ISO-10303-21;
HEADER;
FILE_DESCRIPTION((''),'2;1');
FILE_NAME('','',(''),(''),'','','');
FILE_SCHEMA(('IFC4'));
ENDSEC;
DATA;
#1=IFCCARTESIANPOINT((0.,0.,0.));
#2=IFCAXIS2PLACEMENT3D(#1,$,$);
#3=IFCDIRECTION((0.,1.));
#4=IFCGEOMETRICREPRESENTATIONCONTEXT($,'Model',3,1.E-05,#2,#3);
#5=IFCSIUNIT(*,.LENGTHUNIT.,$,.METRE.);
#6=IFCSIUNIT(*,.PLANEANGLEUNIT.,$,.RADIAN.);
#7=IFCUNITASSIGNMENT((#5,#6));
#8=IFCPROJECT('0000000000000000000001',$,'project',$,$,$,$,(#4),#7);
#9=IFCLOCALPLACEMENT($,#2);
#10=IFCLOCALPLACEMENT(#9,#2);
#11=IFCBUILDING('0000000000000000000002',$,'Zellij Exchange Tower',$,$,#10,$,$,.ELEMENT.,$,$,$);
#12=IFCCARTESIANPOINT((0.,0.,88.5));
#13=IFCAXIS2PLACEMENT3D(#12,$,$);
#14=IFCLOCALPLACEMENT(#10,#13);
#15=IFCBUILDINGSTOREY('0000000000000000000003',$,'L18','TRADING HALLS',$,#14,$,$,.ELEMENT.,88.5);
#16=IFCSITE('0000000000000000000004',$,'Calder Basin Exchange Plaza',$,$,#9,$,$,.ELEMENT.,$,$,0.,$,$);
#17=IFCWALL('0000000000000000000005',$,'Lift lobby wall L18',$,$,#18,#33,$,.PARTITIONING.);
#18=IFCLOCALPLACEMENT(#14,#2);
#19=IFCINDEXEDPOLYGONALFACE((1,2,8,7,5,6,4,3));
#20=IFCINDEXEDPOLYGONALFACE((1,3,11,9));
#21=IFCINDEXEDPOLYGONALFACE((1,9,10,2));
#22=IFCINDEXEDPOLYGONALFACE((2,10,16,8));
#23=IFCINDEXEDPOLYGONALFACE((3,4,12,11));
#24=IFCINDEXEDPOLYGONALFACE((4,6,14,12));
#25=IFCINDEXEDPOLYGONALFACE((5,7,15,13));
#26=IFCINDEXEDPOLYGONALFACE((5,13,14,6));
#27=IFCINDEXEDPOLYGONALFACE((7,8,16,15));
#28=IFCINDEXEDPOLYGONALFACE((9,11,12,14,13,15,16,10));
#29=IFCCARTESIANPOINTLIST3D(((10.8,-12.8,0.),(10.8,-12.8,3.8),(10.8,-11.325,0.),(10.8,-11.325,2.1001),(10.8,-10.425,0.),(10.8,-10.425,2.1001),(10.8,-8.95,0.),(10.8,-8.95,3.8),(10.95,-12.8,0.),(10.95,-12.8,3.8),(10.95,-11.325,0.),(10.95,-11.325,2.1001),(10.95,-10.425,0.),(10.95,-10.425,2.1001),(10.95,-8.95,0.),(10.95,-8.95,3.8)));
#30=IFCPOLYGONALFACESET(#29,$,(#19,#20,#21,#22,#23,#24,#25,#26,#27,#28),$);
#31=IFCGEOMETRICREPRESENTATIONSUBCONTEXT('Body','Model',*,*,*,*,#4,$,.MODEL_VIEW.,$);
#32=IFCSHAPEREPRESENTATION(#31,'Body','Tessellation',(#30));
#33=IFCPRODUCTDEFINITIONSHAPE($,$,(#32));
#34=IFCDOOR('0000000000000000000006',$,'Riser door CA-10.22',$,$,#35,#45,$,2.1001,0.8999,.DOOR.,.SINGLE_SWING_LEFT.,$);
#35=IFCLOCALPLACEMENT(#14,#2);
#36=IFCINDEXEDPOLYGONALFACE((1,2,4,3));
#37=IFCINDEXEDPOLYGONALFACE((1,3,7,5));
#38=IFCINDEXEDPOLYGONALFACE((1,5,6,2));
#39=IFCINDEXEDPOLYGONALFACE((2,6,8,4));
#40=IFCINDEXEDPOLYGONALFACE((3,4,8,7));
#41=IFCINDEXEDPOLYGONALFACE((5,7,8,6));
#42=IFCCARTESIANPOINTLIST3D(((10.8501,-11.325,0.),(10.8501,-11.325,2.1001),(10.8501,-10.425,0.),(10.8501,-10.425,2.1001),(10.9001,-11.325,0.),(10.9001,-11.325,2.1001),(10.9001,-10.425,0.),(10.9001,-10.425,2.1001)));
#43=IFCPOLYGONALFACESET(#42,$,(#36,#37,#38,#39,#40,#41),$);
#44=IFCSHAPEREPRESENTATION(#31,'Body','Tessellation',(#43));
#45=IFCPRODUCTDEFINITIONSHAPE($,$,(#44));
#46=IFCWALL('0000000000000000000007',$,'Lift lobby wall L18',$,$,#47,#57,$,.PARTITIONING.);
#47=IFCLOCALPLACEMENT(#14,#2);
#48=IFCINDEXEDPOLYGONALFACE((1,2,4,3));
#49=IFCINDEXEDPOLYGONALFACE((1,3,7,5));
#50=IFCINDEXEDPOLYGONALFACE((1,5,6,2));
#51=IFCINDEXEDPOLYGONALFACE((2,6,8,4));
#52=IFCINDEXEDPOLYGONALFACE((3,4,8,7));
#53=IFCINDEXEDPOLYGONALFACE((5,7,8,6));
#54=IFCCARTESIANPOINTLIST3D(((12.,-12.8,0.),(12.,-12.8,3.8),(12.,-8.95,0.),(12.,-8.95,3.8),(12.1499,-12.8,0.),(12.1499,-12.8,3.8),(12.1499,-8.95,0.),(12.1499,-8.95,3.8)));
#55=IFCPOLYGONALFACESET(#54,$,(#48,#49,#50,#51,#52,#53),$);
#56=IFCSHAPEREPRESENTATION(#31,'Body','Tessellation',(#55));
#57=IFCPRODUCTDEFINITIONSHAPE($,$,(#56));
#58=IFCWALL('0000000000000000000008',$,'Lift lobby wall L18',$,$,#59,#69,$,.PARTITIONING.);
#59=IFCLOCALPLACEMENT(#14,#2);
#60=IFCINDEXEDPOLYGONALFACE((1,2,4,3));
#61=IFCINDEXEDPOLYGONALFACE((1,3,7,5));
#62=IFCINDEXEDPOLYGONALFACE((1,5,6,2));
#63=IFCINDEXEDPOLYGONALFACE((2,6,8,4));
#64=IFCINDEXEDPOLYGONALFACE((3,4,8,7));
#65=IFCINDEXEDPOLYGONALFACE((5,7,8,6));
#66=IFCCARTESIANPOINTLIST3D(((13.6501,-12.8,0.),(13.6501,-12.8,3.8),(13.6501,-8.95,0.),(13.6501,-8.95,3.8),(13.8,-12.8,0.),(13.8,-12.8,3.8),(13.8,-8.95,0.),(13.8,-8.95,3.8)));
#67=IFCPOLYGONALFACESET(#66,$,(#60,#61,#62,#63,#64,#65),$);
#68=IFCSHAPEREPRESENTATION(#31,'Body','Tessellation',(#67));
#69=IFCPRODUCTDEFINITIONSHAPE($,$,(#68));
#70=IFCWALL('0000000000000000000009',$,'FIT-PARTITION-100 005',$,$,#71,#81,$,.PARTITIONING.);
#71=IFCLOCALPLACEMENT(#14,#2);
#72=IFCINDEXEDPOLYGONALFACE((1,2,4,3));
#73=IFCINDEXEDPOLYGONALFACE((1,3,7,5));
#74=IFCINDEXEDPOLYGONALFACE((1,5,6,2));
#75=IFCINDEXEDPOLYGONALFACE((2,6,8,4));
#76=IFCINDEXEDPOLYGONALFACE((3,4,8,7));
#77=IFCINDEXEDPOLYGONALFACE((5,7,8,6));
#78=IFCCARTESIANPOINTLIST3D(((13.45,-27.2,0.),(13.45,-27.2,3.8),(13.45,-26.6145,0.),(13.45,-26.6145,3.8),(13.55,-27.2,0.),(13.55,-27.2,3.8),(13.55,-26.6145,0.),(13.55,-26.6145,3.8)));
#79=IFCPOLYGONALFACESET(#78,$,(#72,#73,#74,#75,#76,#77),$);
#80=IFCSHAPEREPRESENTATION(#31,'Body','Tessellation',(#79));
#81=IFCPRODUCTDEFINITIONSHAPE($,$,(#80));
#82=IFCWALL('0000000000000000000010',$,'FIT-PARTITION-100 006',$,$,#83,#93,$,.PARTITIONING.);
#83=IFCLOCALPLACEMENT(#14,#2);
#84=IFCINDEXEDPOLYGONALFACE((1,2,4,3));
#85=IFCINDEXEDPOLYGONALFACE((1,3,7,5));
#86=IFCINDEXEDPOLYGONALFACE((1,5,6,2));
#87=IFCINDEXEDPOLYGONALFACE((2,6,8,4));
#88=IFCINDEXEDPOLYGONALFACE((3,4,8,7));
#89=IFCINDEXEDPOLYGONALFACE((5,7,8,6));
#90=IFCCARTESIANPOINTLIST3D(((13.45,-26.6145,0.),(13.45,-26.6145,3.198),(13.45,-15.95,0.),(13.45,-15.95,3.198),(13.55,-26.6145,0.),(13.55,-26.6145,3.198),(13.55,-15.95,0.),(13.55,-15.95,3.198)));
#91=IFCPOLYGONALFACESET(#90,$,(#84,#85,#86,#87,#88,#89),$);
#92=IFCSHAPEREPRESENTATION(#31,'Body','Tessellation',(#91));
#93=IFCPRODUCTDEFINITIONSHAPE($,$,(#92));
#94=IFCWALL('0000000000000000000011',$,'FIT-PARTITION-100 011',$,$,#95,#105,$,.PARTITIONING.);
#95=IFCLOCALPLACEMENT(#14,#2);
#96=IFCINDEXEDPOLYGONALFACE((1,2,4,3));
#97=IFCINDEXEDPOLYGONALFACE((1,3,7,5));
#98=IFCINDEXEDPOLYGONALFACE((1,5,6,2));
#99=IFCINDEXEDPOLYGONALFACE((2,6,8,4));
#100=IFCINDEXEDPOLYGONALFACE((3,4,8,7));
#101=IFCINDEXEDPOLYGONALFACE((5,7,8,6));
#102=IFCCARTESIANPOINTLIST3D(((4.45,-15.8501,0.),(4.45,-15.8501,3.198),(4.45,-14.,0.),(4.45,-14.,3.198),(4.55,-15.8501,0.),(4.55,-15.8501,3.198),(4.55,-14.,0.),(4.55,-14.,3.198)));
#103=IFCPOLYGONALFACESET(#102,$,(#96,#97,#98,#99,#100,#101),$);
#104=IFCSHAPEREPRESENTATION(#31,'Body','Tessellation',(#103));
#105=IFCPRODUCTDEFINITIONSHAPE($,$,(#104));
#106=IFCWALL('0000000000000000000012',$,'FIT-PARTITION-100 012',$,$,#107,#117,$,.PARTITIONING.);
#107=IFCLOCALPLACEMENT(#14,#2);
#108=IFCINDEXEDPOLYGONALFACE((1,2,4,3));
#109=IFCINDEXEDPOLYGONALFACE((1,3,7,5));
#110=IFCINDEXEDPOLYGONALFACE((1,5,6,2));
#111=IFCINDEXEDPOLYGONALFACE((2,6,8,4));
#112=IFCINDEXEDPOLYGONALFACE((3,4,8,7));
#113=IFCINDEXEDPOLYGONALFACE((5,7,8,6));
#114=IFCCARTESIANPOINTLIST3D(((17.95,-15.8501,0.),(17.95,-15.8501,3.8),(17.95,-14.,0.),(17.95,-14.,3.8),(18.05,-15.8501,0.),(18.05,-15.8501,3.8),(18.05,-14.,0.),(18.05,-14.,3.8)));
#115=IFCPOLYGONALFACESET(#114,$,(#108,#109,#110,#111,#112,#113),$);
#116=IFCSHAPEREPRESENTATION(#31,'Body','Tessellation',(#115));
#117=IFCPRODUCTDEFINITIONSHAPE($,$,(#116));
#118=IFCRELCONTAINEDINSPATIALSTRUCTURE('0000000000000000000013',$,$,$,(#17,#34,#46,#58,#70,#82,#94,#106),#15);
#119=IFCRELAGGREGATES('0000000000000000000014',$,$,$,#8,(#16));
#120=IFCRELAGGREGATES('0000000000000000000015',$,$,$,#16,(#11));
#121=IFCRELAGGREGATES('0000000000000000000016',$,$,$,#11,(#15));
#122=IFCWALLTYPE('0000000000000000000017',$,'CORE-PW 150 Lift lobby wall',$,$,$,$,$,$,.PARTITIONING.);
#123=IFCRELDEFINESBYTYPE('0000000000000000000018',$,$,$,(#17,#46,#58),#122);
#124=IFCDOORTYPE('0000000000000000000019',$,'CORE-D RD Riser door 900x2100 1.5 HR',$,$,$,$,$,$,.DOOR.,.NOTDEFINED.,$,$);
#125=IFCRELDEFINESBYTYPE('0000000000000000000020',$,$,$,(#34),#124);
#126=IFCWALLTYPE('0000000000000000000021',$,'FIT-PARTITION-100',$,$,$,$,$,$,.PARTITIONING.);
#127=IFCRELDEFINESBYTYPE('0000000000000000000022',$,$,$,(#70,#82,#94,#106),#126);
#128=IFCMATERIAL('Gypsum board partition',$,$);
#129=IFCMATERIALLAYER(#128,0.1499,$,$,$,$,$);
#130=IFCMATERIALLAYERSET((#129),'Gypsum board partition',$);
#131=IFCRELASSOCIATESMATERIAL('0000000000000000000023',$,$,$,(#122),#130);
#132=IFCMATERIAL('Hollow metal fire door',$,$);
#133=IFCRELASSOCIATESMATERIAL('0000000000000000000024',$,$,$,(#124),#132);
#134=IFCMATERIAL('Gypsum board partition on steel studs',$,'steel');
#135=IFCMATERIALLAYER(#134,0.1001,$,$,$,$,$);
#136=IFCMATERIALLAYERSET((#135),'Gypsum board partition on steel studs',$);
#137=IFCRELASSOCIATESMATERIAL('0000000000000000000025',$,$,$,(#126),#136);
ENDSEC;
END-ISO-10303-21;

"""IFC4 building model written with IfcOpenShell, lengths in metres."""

from ifc_helpers import new_model, si_unit, direction, frame, frame_2d, origin, place, context, subcontext, project, spatial, rectangle, extrude, material, layer, layer_set, type_object, element, fill, save


model = new_model("IFC4")

# Units and contexts
model_context = context("Model", 3, precision=1e-05, world=origin(), true_north=direction((0.0, 1.0)))
body_context = subcontext(model_context, "Body", "Model", "MODEL_VIEW")
ifc_project = project(units=[si_unit("LENGTHUNIT", "METRE"), si_unit("PLANEANGLEUNIT", "RADIAN")], contexts=[model_context])

# Site, building, storey
site_placement = place(None, origin())
site = spatial("IfcSite", under=ifc_project, at=site_placement, Name="Calder Basin Exchange Plaza", CompositionType="ELEMENT", RefElevation=0.0)
building_placement = place(site_placement, origin())
building = spatial("IfcBuilding", under=site, at=building_placement, Name="Zellij Exchange Tower", CompositionType="ELEMENT")
storey_placement = place(building_placement, frame((0.0, 0.0, 88.5)))
storey = spatial("IfcBuildingStorey", under=building, at=storey_placement, Name="L18", Description="TRADING HALLS", CompositionType="ELEMENT", Elevation=88.5)

# Wall, opening, door
ifc_material_1 = material(Name="Gypsum board partition")
ifc_layer_1 = layer(ifc_material_1, 0.1499)
ifc_layer_set_1 = layer_set([ifc_layer_1], Name="Gypsum board partition")
wall_type_1 = type_object("IfcWallType", Name="CORE-PW 150 Lift lobby wall", PredefinedType="PARTITIONING", material=ifc_layer_set_1)
wall_1_placement = place(storey_placement, frame((10.875, -12.8, 0.0), z_axis=(0.0, 0.0, 1.0), x_axis=(0.0, 1.0, 0.0)))
wall_1 = element("IfcWall", 1, at=wall_1_placement, inside=storey, type_object=wall_type_1, Name="Lift lobby wall L18", PredefinedType="PARTITIONING", context=body_context, shape_type="SweptSolid", body=[
    extrude(rectangle(XDim=3.8501, YDim=0.1499, at=frame_2d((1.925, 0.0))), origin(), (0.0, 0.0, 1.0), 3.8),
])
opening_placement = place(wall_1_placement, frame((1.4751, 0.0, 0.0)))
opening = element("IfcOpeningElement", 2, at=opening_placement, cuts=wall_1, PredefinedType="OPENING", context=body_context, shape_type="SweptSolid", body=[
    extrude(rectangle(XDim=0.8999, YDim=2.1001, at=frame_2d((0.45, 1.05))), frame((0.0, 0.0869, 0.0), z_axis=(0.0, -1.0, 0.0), x_axis=(1.0, 0.0, 0.0)), (0.0, 0.0, 1.0), 0.1738),
])
ifc_material_2 = material(Name="Hollow metal fire door")
door_type = type_object("IfcDoorType", Name="CORE-D RD Riser door 900x2100 1.5 HR", OperationType="NOTDEFINED", PredefinedType="DOOR", material=ifc_material_2)
door_placement = place(opening_placement, origin())
door = element("IfcDoor", 3, at=door_placement, inside=storey, type_object=door_type, Name="Riser door CA-10.22", OperationType="SINGLE_SWING_LEFT", OverallHeight=2.1001, OverallWidth=0.8999, PredefinedType="DOOR", context=body_context, shape_type="SweptSolid", body=[
    extrude(rectangle(XDim=0.8999, YDim=2.1001, at=frame_2d((0.45, 1.05))), frame((0.0, 0.0249, 0.0), z_axis=(0.0, -1.0, 0.0), x_axis=(1.0, 0.0, 0.0)), (0.0, 0.0, 1.0), 0.05),
])
fill(opening, door)

# Walls
for number, where, z_axis, x_axis, name in (
    (4, (12.075, -12.8, 0.0), (0.0, 0.0, 1.0), (0.0, 1.0, 0.0), "Lift lobby wall L18"),
    (5, (13.7251, -12.8, 0.0), (0.0, 0.0, 1.0), (0.0, 1.0, 0.0), "Lift lobby wall L18"),
):
    element("IfcWall", number, at=place(storey_placement, frame(where, z_axis=z_axis, x_axis=x_axis)), inside=storey, type_object=wall_type_1, Name=name, PredefinedType="PARTITIONING", context=body_context, shape_type="SweptSolid", body=[
        extrude(rectangle(XDim=3.8501, YDim=0.1499, at=frame_2d((1.925, 0.0))), origin(), (0.0, 0.0, 1.0), 3.8),
    ])
ifc_material_3 = material(Name="Gypsum board partition on steel studs", Category="steel")
ifc_layer_2 = layer(ifc_material_3, 0.1001)
ifc_layer_set_2 = layer_set([ifc_layer_2], Name="Gypsum board partition on steel studs")
wall_type_2 = type_object("IfcWallType", Name="FIT-PARTITION-100", PredefinedType="PARTITIONING", material=ifc_layer_set_2)
wall_2_placement = place(storey_placement, frame((13.5, -27.2, 0.0), z_axis=(0.0, 0.0, 1.0), x_axis=(0.0, 1.0, 0.0)))
element("IfcWall", 6, at=wall_2_placement, inside=storey, type_object=wall_type_2, Name="FIT-PARTITION-100 005", PredefinedType="PARTITIONING", context=body_context, shape_type="SweptSolid", body=[
    extrude(rectangle(XDim=0.5854, YDim=0.1001, at=frame_2d((0.2927, 0.0))), origin(), (0.0, 0.0, 1.0), 3.8),
])
wall_3_placement = place(storey_placement, frame((13.5, -26.6145, 0.0), z_axis=(0.0, 0.0, 1.0), x_axis=(0.0, 1.0, 0.0)))
element("IfcWall", 7, at=wall_3_placement, inside=storey, type_object=wall_type_2, Name="FIT-PARTITION-100 006", PredefinedType="PARTITIONING", context=body_context, shape_type="SweptSolid", body=[
    extrude(rectangle(XDim=10.6646, YDim=0.1001, at=frame_2d((5.3323, 0.0))), origin(), (0.0, 0.0, 1.0), 3.198),
])
wall_4_placement = place(storey_placement, frame((4.5, -15.8501, 0.0), z_axis=(0.0, 0.0, 1.0), x_axis=(0.0, 1.0, 0.0)))
element("IfcWall", 8, at=wall_4_placement, inside=storey, type_object=wall_type_2, Name="FIT-PARTITION-100 011", PredefinedType="PARTITIONING", context=body_context, shape_type="SweptSolid", body=[
    extrude(rectangle(XDim=1.8501, YDim=0.1001, at=frame_2d((0.925, 0.0))), origin(), (0.0, 0.0, 1.0), 3.198),
])
wall_5_placement = place(storey_placement, frame((18.0, -15.8501, 0.0), z_axis=(0.0, 0.0, 1.0), x_axis=(0.0, 1.0, 0.0)))
element("IfcWall", 9, at=wall_5_placement, inside=storey, type_object=wall_type_2, Name="FIT-PARTITION-100 012", PredefinedType="PARTITIONING", context=body_context, shape_type="SweptSolid", body=[
    extrude(rectangle(XDim=1.8501, YDim=0.1001, at=frame_2d((0.925, 0.0))), origin(), (0.0, 0.0, 1.0), 3.8),
])

save(model, "model.ifc")
